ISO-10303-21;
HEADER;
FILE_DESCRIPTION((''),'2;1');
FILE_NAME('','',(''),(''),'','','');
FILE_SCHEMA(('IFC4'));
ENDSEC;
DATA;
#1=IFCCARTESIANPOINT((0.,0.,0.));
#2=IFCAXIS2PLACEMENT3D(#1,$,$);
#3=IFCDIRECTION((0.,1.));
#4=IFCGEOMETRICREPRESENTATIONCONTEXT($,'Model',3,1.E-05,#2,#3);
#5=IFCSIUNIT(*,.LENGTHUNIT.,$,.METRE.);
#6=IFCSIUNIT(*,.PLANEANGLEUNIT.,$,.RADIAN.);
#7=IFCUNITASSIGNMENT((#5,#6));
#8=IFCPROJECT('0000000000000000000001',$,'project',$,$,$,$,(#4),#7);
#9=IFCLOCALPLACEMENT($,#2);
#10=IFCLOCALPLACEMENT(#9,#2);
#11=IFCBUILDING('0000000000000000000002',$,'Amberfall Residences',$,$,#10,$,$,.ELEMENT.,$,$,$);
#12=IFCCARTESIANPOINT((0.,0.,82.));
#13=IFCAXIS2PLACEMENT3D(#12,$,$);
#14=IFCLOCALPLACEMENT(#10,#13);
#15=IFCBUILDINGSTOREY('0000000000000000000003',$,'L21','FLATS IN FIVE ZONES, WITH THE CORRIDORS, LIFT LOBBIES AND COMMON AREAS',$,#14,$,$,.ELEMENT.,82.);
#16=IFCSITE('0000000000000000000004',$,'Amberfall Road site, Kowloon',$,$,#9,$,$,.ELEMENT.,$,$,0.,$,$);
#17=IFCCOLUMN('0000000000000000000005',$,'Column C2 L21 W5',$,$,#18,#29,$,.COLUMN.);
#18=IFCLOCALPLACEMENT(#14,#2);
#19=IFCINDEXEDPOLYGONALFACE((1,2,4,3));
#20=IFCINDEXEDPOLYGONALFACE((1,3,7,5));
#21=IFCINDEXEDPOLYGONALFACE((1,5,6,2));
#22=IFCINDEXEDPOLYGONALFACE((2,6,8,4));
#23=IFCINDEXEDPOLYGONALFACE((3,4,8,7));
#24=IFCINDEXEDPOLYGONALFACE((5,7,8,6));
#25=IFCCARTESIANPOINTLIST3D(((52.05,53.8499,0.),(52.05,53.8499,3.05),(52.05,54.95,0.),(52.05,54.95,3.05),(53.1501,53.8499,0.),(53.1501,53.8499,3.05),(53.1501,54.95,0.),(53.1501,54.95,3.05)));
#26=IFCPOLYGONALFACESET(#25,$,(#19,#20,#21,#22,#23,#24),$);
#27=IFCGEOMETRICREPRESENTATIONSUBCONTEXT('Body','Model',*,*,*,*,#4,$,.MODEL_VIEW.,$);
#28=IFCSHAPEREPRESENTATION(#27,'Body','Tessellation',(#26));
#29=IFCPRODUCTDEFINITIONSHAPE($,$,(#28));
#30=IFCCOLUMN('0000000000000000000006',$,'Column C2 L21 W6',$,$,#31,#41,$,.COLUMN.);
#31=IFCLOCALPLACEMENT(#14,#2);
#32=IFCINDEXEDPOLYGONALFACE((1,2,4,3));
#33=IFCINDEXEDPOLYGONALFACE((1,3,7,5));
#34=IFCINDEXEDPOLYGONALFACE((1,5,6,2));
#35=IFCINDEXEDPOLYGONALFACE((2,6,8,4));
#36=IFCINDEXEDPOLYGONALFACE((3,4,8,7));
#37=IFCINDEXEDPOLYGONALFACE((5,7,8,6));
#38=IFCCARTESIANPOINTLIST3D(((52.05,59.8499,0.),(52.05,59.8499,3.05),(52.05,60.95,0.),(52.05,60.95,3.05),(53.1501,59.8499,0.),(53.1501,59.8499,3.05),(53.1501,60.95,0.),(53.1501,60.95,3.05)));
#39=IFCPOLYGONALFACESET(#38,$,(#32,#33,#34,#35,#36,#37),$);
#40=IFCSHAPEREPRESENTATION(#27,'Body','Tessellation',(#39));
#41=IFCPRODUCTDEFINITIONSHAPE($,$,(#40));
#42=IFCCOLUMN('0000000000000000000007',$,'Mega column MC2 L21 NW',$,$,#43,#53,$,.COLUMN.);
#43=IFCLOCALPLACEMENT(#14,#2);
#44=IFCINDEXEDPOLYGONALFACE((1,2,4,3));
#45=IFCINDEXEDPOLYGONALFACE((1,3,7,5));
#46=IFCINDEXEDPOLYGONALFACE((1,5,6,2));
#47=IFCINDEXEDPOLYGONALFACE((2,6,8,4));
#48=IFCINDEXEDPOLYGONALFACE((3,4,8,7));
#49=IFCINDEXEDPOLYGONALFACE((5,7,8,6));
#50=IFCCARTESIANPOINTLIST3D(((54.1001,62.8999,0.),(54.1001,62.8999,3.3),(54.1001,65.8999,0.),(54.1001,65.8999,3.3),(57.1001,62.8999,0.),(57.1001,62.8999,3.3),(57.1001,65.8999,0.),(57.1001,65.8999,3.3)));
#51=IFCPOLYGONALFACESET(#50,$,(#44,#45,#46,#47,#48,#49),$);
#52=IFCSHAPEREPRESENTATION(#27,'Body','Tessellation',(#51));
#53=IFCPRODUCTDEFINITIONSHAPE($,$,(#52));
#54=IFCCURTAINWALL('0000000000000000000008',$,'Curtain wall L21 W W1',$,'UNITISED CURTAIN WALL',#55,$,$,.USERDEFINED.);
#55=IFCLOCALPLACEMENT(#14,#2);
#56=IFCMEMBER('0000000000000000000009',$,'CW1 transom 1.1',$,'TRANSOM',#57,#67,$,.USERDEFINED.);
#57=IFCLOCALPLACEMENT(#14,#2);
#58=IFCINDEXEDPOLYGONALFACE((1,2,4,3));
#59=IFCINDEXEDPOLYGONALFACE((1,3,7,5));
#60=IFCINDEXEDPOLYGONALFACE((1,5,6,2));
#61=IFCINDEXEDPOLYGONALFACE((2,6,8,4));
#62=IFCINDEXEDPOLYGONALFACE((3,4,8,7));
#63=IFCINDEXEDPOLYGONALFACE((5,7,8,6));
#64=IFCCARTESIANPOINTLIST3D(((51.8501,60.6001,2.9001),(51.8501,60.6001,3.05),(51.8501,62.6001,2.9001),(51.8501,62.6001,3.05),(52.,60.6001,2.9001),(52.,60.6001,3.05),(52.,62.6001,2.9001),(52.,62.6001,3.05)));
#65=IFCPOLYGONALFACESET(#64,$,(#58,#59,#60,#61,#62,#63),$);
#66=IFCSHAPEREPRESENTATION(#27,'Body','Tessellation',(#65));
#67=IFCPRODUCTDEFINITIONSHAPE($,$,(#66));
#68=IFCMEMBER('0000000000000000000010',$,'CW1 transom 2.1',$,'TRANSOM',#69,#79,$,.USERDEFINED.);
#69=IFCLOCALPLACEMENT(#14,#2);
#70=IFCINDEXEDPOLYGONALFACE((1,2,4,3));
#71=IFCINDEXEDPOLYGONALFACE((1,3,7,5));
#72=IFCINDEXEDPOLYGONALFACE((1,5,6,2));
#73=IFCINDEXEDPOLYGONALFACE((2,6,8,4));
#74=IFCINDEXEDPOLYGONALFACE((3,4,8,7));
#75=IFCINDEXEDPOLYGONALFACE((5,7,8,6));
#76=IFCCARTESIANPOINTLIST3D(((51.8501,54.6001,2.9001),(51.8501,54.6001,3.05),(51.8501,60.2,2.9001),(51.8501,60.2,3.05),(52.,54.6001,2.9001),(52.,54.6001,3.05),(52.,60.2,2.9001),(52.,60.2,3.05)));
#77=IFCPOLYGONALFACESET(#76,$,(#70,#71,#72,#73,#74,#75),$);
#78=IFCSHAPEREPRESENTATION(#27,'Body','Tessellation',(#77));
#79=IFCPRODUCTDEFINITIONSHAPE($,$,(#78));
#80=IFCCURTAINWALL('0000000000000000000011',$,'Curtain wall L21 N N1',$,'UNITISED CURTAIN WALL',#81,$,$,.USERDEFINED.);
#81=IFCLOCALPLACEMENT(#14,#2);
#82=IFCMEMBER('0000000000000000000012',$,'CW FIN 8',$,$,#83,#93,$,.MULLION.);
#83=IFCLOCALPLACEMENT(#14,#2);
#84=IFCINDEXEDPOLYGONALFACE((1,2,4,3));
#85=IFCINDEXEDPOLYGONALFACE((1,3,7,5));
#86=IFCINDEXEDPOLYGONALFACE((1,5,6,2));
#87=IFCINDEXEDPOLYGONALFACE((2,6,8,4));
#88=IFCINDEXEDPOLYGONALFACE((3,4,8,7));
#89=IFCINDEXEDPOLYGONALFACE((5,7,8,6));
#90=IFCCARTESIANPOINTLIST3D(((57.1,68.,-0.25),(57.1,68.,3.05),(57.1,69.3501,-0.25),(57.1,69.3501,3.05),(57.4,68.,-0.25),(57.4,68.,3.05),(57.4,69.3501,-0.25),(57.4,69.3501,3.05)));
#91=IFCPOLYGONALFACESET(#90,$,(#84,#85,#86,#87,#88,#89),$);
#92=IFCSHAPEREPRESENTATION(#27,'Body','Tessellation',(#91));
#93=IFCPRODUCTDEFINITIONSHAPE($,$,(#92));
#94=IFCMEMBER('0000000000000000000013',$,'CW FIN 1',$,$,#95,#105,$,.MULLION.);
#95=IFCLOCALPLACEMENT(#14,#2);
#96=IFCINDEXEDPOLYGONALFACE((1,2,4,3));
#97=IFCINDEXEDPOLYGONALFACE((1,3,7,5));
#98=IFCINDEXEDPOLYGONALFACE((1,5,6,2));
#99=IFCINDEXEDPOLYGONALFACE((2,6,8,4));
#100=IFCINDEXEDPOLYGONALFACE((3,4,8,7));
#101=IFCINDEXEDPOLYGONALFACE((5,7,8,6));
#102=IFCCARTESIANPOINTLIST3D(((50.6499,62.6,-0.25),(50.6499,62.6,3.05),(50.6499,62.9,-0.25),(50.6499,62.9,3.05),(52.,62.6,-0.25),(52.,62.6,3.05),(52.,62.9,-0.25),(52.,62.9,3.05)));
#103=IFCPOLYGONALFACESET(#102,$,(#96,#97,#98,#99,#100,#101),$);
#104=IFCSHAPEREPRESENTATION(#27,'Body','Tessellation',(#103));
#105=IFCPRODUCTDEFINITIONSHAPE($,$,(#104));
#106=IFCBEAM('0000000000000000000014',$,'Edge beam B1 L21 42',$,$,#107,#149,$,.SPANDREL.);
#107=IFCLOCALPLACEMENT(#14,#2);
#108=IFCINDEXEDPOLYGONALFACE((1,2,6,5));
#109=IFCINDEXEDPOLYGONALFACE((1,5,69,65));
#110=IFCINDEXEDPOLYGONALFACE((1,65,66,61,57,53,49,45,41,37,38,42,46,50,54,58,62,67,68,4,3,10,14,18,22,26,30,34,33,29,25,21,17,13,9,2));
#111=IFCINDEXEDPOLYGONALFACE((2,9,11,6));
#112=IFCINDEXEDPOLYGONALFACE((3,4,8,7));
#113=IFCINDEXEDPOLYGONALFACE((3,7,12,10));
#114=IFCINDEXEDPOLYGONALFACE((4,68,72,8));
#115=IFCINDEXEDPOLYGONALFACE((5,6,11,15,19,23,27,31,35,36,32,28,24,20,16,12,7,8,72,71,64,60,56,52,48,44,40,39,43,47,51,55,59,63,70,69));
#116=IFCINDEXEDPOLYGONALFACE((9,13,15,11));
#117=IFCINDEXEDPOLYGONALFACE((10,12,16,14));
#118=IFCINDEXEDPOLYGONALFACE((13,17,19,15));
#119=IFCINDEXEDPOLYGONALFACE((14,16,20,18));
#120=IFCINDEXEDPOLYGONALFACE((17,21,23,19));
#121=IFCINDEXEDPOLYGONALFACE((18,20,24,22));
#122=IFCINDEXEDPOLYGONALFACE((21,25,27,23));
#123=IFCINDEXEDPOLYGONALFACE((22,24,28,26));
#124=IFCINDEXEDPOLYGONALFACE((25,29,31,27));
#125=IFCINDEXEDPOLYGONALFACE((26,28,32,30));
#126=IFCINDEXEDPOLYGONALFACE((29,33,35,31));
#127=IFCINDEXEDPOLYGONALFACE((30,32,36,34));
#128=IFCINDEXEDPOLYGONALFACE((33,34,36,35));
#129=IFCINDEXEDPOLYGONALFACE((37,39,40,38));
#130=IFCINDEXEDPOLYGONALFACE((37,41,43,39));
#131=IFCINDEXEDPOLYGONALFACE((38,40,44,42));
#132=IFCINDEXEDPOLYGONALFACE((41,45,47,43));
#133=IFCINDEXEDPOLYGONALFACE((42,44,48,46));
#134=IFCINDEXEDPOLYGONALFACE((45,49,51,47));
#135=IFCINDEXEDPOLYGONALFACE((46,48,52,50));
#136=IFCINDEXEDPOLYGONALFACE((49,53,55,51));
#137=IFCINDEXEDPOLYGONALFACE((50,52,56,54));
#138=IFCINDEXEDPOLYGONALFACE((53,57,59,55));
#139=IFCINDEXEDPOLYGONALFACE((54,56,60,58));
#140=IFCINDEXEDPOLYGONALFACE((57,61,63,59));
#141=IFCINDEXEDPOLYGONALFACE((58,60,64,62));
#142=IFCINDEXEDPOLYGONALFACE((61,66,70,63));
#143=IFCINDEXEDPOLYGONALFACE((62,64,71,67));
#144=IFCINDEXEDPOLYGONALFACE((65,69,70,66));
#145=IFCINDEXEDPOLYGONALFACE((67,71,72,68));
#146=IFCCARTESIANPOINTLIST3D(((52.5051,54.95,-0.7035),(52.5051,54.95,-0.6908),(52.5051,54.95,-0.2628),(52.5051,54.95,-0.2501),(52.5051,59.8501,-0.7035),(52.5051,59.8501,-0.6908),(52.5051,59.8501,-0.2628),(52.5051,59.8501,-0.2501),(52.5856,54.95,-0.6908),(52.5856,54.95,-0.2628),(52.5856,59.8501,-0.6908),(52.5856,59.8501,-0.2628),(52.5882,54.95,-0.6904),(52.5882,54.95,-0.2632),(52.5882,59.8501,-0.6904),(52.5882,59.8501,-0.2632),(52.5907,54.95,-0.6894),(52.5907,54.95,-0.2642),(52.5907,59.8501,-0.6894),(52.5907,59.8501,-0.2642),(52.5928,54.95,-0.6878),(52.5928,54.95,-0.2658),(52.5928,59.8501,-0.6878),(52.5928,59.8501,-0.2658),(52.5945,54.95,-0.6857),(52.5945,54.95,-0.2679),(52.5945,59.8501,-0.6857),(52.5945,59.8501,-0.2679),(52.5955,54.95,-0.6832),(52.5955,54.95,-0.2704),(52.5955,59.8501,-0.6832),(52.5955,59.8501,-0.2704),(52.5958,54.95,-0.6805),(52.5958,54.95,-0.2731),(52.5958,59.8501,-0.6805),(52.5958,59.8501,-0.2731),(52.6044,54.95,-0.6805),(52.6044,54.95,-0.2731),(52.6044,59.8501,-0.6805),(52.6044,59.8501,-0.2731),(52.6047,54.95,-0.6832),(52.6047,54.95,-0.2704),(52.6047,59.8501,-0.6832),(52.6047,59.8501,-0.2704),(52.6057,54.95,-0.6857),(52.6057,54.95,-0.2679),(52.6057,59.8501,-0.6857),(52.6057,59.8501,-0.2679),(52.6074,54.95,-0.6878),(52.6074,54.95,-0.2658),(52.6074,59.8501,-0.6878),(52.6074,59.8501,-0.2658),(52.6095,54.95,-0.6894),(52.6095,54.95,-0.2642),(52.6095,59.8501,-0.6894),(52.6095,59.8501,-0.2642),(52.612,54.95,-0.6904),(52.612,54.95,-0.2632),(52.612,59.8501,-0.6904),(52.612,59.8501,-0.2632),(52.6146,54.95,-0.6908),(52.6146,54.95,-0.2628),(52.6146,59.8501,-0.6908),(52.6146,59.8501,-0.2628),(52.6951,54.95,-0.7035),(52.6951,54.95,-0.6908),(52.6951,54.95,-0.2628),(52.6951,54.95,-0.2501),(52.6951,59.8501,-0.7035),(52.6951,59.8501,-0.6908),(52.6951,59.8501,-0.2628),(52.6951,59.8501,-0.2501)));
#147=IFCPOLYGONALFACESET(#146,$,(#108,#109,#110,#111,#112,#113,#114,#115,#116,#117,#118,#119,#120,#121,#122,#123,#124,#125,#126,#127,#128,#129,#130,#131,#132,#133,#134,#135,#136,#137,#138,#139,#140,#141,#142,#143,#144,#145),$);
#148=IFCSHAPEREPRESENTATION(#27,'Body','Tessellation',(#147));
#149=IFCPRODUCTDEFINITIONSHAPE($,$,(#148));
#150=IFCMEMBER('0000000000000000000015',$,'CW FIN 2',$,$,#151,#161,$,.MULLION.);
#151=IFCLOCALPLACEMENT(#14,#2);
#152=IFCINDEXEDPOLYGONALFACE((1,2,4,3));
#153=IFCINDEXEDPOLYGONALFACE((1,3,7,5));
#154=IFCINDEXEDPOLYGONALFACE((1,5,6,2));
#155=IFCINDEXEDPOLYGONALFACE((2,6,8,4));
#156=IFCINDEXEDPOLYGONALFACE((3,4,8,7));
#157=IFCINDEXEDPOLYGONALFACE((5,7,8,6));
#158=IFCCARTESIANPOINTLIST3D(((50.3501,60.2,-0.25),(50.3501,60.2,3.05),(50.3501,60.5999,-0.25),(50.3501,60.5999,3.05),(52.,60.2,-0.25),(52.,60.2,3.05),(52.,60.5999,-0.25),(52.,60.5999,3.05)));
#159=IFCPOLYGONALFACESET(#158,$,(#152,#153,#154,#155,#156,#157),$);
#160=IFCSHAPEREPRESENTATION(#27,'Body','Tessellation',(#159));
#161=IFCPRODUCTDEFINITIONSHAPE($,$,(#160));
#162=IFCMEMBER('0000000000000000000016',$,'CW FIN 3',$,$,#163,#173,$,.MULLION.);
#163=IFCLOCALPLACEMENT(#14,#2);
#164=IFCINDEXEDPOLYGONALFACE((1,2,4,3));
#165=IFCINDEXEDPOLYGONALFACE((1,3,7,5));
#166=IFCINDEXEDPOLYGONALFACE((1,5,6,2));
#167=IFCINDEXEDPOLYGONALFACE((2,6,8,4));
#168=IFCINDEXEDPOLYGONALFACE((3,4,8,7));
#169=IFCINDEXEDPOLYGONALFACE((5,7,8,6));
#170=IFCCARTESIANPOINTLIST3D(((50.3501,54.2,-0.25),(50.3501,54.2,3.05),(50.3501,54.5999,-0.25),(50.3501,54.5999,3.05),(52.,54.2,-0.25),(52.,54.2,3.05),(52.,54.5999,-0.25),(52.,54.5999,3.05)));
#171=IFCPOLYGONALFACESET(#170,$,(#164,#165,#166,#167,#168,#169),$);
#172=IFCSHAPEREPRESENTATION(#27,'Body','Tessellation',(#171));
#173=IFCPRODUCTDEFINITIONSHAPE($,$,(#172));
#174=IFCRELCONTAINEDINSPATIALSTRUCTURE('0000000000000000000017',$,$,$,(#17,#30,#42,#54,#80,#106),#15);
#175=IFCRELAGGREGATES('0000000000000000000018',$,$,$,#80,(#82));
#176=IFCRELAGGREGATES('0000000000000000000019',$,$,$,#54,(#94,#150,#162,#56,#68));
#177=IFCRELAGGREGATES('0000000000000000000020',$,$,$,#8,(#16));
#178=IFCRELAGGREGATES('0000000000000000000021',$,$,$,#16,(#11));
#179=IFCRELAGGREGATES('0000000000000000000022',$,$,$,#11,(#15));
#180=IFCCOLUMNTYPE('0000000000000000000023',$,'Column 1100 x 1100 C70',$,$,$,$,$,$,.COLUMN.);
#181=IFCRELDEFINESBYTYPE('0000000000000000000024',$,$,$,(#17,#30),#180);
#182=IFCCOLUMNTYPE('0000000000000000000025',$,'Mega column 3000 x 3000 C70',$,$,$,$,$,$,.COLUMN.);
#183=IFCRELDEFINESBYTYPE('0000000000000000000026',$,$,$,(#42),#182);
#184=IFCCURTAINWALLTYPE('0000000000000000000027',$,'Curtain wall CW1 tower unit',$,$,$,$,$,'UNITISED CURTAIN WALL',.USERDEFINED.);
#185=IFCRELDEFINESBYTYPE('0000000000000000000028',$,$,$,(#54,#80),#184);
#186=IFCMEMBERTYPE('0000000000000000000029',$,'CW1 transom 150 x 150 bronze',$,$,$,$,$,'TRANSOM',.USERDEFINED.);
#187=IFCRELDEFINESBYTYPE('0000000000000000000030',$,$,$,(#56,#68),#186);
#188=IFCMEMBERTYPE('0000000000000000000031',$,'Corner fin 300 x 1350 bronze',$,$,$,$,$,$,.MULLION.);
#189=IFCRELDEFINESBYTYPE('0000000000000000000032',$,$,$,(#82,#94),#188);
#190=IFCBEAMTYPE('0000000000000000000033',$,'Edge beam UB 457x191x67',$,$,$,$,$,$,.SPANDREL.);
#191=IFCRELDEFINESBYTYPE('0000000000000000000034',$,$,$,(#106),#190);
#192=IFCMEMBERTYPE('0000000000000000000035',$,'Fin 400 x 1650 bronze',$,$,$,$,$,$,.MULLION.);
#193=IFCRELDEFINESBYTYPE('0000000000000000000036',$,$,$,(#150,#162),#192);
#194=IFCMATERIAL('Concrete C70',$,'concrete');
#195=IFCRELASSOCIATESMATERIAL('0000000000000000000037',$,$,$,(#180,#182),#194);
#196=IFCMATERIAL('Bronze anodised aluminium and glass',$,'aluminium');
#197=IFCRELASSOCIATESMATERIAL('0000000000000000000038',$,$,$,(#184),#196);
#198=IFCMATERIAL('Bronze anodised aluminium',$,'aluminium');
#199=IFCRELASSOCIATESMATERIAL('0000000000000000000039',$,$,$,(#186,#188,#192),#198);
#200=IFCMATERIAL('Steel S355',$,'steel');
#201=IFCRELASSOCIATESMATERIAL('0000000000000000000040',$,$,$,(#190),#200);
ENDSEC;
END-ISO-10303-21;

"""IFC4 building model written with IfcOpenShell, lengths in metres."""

from ifc_helpers import new_model, si_unit, direction, frame, origin, origin_2d, place, context, subcontext, project, spatial, rectangle, i_section, extrude, material, material_profile, profile_set, type_object, element, aggregate, save


model = new_model("IFC4")

# Units and contexts
model_context = context("Model", 3, precision=1e-05, world=origin(), true_north=direction((0.0, 1.0)))
body_context = subcontext(model_context, "Body", "Model", "MODEL_VIEW")
ifc_project = project(units=[si_unit("LENGTHUNIT", "METRE"), si_unit("PLANEANGLEUNIT", "RADIAN")], contexts=[model_context])

# Site, building, storey
site_placement = place(None, origin())
site = spatial("IfcSite", under=ifc_project, at=site_placement, Name="Amberfall Road site, Kowloon", CompositionType="ELEMENT", RefElevation=0.0)
building_placement = place(site_placement, origin())
building = spatial("IfcBuilding", under=site, at=building_placement, Name="Amberfall Residences", CompositionType="ELEMENT")
storey_placement = place(building_placement, frame((0.0, 0.0, 82.0)))
storey = spatial("IfcBuildingStorey", under=building, at=storey_placement, Name="L21", Description="FLATS IN FIVE ZONES, WITH THE CORRIDORS, LIFT LOBBIES AND COMMON AREAS", CompositionType="ELEMENT", Elevation=82.0)

# Columns
ifc_material_1 = material(Name="Concrete C70", Category="concrete")
ifc_material_profile_1 = material_profile(ifc_material_1, rectangle(XDim=1.1001, YDim=1.1001, at=origin_2d()), Name="Column 1100 x 1100 C70")
ifc_profile_set_1 = profile_set([ifc_material_profile_1], Name="Concrete C70")
column_type_1 = type_object("IfcColumnType", Name="Column 1100 x 1100 C70", PredefinedType="COLUMN", material=ifc_profile_set_1)
for number, where, z_axis, x_axis, name in (
    (1, (52.6001, 54.3999, 0.0), (0.0, 0.0, 1.0), (1.0, 0.0, 0.0), "Column C2 L21 W5"),
    (2, (52.6001, 60.3999, 0.0), (0.0, 0.0, 1.0), (1.0, 0.0, 0.0), "Column C2 L21 W6"),
):
    element("IfcColumn", number, at=place(storey_placement, frame(where, z_axis=z_axis, x_axis=x_axis)), inside=storey, type_object=column_type_1, Name=name, PredefinedType="COLUMN", context=body_context, shape_type="SweptSolid", body=[
        extrude(rectangle(XDim=1.1001, YDim=1.1001, at=origin_2d()), origin(), (0.0, 0.0, 1.0), 3.05),
    ])
ifc_material_profile_2 = material_profile(ifc_material_1, rectangle(XDim=3.0, YDim=3.0, at=origin_2d()), Name="Mega column 3000 x 3000 C70")
ifc_profile_set_2 = profile_set([ifc_material_profile_2], Name="Concrete C70")
column_type_2 = type_object("IfcColumnType", Name="Mega column 3000 x 3000 C70", PredefinedType="COLUMN", material=ifc_profile_set_2)
column_placement = place(storey_placement, frame((55.6001, 64.3999, 0.0), z_axis=(0.0, 0.0, 1.0), x_axis=(1.0, 0.0, 0.0)))
element("IfcColumn", 3, at=column_placement, inside=storey, type_object=column_type_2, Name="Mega column MC2 L21 NW", PredefinedType="COLUMN", context=body_context, shape_type="SweptSolid", body=[
    extrude(rectangle(XDim=3.0, YDim=3.0, at=origin_2d()), origin(), (0.0, 0.0, 1.0), 3.3),
])

# Curtain wall, members
ifc_material_2 = material(Name="Bronze anodised aluminium and glass", Category="aluminium")
curtain_wall_type = type_object("IfcCurtainWallType", Name="Curtain wall CW1 tower unit", ElementType="UNITISED CURTAIN WALL", PredefinedType="USERDEFINED", material=ifc_material_2)
curtain_wall_1_placement = place(storey_placement, origin())
curtain_wall_1 = element("IfcCurtainWall", 4, at=curtain_wall_1_placement, inside=storey, type_object=curtain_wall_type, Name="Curtain wall L21 W W1", ObjectType="UNITISED CURTAIN WALL", PredefinedType="USERDEFINED")
ifc_material_3 = material(Name="Bronze anodised aluminium", Category="aluminium")
ifc_material_profile_3 = material_profile(ifc_material_3, rectangle(XDim=0.1499, YDim=0.1499, at=origin_2d()), Name="CW1 transom 150 x 150 bronze")
ifc_profile_set_3 = profile_set([ifc_material_profile_3], Name="Bronze anodised aluminium")
member_type_1 = type_object("IfcMemberType", Name="CW1 transom 150 x 150 bronze", ElementType="TRANSOM", PredefinedType="USERDEFINED", material=ifc_profile_set_3)
member_1_placement = place(storey_placement, frame((51.925, 62.6001, 2.9751), z_axis=(0.0, -1.0, 0.0), x_axis=(1.0, 0.0, 0.0)))
member_1 = element("IfcMember", 5, at=member_1_placement, type_object=member_type_1, Name="CW1 transom 1.1", ObjectType="TRANSOM", PredefinedType="USERDEFINED", context=body_context, shape_type="SweptSolid", body=[
    extrude(rectangle(XDim=0.1499, YDim=0.1499, at=origin_2d()), origin(), (0.0, 0.0, 1.0), 2.0),
])
member_2_placement = place(storey_placement, frame((51.925, 60.2, 2.9751), z_axis=(0.0, -1.0, 0.0), x_axis=(1.0, 0.0, 0.0)))
member_2 = element("IfcMember", 6, at=member_2_placement, type_object=member_type_1, Name="CW1 transom 2.1", ObjectType="TRANSOM", PredefinedType="USERDEFINED", context=body_context, shape_type="SweptSolid", body=[
    extrude(rectangle(XDim=0.1499, YDim=0.1499, at=origin_2d()), origin(), (0.0, 0.0, 1.0), 5.5999),
])

# Curtain wall, member
curtain_wall_2_placement = place(storey_placement, origin())
curtain_wall_2 = element("IfcCurtainWall", 7, at=curtain_wall_2_placement, inside=storey, type_object=curtain_wall_type, Name="Curtain wall L21 N N1", ObjectType="UNITISED CURTAIN WALL", PredefinedType="USERDEFINED")
ifc_material_profile_4 = material_profile(ifc_material_3, rectangle(XDim=1.3501, YDim=0.3, at=origin_2d()), Name="Corner fin 300 x 1350 bronze")
ifc_profile_set_4 = profile_set([ifc_material_profile_4], Name="Bronze anodised aluminium")
member_type_2 = type_object("IfcMemberType", Name="Corner fin 300 x 1350 bronze", PredefinedType="MULLION", material=ifc_profile_set_4)
member_3_placement = place(storey_placement, frame((57.25, 68.675, -0.25), z_axis=(0.0, 0.0, 1.0), x_axis=(0.0, -1.0, 0.0)))
member_3 = element("IfcMember", 8, at=member_3_placement, type_object=member_type_2, Name="CW FIN 8", PredefinedType="MULLION", context=body_context, shape_type="SweptSolid", body=[
    extrude(rectangle(XDim=1.3501, YDim=0.3, at=origin_2d()), origin(), (0.0, 0.0, 1.0), 3.3),
])

# Member
member_4_placement = place(storey_placement, frame((51.325, 62.75, -0.25), z_axis=(0.0, 0.0, 1.0), x_axis=(1.0, 0.0, 0.0)))
member_4 = element("IfcMember", 9, at=member_4_placement, type_object=member_type_2, Name="CW FIN 1", PredefinedType="MULLION", context=body_context, shape_type="SweptSolid", body=[
    extrude(rectangle(XDim=1.3501, YDim=0.3, at=origin_2d()), origin(), (0.0, 0.0, 1.0), 3.3),
])

# Beam
ifc_material_4 = material(Name="Steel S355", Category="steel")
ifc_material_profile_5 = material_profile(ifc_material_4, i_section(OverallWidth=0.1899, OverallDepth=0.4534, WebThickness=0.0085, FlangeThickness=0.0127, FilletRadius=0.0103, at=origin_2d()), Name="UB 457x191x67")
ifc_profile_set_5 = profile_set([ifc_material_profile_5], Name="Steel S355")
beam_type_1 = type_object("IfcBeamType", Name="Edge beam UB 457x191x67", PredefinedType="SPANDREL", material=ifc_profile_set_5)
beam_1_placement = place(storey_placement, frame((52.6001, 54.95, -0.4768), z_axis=(0.0, 1.0, 0.0), x_axis=(-1.0, 0.0, 0.0)))
element("IfcBeam", 10, at=beam_1_placement, inside=storey, type_object=beam_type_1, Name="Edge beam B1 L21 42", PredefinedType="SPANDREL", context=body_context, shape_type="SweptSolid", body=[
    extrude(i_section(OverallWidth=0.1899, OverallDepth=0.4534, WebThickness=0.0085, FlangeThickness=0.0127, FilletRadius=0.0103, at=origin_2d()), origin(), (0.0, 0.0, 1.0), 4.9001),
])

# Members
ifc_material_profile_6 = material_profile(ifc_material_3, rectangle(XDim=1.6499, YDim=0.3999, at=origin_2d()), Name="Fin 400 x 1650 bronze")
ifc_profile_set_6 = profile_set([ifc_material_profile_6], Name="Bronze anodised aluminium")
member_type_3 = type_object("IfcMemberType", Name="Fin 400 x 1650 bronze", PredefinedType="MULLION", material=ifc_profile_set_6)
member_5_placement = place(storey_placement, frame((51.175, 60.3999, -0.25), z_axis=(0.0, 0.0, 1.0), x_axis=(1.0, 0.0, 0.0)))
member_5 = element("IfcMember", 11, at=member_5_placement, type_object=member_type_3, Name="CW FIN 2", PredefinedType="MULLION", context=body_context, shape_type="SweptSolid", body=[
    extrude(rectangle(XDim=1.6499, YDim=0.3999, at=origin_2d()), origin(), (0.0, 0.0, 1.0), 3.3),
])
member_6_placement = place(storey_placement, frame((51.175, 54.3999, -0.25), z_axis=(0.0, 0.0, 1.0), x_axis=(1.0, 0.0, 0.0)))
member_6 = element("IfcMember", 12, at=member_6_placement, type_object=member_type_3, Name="CW FIN 3", PredefinedType="MULLION", context=body_context, shape_type="SweptSolid", body=[
    extrude(rectangle(XDim=1.6499, YDim=0.3999, at=origin_2d()), origin(), (0.0, 0.0, 1.0), 3.3),
])

aggregate(curtain_wall_2, [member_3])
aggregate(curtain_wall_1, [member_4, member_5, member_6, member_1, member_2])

save(model, "model.ifc")
